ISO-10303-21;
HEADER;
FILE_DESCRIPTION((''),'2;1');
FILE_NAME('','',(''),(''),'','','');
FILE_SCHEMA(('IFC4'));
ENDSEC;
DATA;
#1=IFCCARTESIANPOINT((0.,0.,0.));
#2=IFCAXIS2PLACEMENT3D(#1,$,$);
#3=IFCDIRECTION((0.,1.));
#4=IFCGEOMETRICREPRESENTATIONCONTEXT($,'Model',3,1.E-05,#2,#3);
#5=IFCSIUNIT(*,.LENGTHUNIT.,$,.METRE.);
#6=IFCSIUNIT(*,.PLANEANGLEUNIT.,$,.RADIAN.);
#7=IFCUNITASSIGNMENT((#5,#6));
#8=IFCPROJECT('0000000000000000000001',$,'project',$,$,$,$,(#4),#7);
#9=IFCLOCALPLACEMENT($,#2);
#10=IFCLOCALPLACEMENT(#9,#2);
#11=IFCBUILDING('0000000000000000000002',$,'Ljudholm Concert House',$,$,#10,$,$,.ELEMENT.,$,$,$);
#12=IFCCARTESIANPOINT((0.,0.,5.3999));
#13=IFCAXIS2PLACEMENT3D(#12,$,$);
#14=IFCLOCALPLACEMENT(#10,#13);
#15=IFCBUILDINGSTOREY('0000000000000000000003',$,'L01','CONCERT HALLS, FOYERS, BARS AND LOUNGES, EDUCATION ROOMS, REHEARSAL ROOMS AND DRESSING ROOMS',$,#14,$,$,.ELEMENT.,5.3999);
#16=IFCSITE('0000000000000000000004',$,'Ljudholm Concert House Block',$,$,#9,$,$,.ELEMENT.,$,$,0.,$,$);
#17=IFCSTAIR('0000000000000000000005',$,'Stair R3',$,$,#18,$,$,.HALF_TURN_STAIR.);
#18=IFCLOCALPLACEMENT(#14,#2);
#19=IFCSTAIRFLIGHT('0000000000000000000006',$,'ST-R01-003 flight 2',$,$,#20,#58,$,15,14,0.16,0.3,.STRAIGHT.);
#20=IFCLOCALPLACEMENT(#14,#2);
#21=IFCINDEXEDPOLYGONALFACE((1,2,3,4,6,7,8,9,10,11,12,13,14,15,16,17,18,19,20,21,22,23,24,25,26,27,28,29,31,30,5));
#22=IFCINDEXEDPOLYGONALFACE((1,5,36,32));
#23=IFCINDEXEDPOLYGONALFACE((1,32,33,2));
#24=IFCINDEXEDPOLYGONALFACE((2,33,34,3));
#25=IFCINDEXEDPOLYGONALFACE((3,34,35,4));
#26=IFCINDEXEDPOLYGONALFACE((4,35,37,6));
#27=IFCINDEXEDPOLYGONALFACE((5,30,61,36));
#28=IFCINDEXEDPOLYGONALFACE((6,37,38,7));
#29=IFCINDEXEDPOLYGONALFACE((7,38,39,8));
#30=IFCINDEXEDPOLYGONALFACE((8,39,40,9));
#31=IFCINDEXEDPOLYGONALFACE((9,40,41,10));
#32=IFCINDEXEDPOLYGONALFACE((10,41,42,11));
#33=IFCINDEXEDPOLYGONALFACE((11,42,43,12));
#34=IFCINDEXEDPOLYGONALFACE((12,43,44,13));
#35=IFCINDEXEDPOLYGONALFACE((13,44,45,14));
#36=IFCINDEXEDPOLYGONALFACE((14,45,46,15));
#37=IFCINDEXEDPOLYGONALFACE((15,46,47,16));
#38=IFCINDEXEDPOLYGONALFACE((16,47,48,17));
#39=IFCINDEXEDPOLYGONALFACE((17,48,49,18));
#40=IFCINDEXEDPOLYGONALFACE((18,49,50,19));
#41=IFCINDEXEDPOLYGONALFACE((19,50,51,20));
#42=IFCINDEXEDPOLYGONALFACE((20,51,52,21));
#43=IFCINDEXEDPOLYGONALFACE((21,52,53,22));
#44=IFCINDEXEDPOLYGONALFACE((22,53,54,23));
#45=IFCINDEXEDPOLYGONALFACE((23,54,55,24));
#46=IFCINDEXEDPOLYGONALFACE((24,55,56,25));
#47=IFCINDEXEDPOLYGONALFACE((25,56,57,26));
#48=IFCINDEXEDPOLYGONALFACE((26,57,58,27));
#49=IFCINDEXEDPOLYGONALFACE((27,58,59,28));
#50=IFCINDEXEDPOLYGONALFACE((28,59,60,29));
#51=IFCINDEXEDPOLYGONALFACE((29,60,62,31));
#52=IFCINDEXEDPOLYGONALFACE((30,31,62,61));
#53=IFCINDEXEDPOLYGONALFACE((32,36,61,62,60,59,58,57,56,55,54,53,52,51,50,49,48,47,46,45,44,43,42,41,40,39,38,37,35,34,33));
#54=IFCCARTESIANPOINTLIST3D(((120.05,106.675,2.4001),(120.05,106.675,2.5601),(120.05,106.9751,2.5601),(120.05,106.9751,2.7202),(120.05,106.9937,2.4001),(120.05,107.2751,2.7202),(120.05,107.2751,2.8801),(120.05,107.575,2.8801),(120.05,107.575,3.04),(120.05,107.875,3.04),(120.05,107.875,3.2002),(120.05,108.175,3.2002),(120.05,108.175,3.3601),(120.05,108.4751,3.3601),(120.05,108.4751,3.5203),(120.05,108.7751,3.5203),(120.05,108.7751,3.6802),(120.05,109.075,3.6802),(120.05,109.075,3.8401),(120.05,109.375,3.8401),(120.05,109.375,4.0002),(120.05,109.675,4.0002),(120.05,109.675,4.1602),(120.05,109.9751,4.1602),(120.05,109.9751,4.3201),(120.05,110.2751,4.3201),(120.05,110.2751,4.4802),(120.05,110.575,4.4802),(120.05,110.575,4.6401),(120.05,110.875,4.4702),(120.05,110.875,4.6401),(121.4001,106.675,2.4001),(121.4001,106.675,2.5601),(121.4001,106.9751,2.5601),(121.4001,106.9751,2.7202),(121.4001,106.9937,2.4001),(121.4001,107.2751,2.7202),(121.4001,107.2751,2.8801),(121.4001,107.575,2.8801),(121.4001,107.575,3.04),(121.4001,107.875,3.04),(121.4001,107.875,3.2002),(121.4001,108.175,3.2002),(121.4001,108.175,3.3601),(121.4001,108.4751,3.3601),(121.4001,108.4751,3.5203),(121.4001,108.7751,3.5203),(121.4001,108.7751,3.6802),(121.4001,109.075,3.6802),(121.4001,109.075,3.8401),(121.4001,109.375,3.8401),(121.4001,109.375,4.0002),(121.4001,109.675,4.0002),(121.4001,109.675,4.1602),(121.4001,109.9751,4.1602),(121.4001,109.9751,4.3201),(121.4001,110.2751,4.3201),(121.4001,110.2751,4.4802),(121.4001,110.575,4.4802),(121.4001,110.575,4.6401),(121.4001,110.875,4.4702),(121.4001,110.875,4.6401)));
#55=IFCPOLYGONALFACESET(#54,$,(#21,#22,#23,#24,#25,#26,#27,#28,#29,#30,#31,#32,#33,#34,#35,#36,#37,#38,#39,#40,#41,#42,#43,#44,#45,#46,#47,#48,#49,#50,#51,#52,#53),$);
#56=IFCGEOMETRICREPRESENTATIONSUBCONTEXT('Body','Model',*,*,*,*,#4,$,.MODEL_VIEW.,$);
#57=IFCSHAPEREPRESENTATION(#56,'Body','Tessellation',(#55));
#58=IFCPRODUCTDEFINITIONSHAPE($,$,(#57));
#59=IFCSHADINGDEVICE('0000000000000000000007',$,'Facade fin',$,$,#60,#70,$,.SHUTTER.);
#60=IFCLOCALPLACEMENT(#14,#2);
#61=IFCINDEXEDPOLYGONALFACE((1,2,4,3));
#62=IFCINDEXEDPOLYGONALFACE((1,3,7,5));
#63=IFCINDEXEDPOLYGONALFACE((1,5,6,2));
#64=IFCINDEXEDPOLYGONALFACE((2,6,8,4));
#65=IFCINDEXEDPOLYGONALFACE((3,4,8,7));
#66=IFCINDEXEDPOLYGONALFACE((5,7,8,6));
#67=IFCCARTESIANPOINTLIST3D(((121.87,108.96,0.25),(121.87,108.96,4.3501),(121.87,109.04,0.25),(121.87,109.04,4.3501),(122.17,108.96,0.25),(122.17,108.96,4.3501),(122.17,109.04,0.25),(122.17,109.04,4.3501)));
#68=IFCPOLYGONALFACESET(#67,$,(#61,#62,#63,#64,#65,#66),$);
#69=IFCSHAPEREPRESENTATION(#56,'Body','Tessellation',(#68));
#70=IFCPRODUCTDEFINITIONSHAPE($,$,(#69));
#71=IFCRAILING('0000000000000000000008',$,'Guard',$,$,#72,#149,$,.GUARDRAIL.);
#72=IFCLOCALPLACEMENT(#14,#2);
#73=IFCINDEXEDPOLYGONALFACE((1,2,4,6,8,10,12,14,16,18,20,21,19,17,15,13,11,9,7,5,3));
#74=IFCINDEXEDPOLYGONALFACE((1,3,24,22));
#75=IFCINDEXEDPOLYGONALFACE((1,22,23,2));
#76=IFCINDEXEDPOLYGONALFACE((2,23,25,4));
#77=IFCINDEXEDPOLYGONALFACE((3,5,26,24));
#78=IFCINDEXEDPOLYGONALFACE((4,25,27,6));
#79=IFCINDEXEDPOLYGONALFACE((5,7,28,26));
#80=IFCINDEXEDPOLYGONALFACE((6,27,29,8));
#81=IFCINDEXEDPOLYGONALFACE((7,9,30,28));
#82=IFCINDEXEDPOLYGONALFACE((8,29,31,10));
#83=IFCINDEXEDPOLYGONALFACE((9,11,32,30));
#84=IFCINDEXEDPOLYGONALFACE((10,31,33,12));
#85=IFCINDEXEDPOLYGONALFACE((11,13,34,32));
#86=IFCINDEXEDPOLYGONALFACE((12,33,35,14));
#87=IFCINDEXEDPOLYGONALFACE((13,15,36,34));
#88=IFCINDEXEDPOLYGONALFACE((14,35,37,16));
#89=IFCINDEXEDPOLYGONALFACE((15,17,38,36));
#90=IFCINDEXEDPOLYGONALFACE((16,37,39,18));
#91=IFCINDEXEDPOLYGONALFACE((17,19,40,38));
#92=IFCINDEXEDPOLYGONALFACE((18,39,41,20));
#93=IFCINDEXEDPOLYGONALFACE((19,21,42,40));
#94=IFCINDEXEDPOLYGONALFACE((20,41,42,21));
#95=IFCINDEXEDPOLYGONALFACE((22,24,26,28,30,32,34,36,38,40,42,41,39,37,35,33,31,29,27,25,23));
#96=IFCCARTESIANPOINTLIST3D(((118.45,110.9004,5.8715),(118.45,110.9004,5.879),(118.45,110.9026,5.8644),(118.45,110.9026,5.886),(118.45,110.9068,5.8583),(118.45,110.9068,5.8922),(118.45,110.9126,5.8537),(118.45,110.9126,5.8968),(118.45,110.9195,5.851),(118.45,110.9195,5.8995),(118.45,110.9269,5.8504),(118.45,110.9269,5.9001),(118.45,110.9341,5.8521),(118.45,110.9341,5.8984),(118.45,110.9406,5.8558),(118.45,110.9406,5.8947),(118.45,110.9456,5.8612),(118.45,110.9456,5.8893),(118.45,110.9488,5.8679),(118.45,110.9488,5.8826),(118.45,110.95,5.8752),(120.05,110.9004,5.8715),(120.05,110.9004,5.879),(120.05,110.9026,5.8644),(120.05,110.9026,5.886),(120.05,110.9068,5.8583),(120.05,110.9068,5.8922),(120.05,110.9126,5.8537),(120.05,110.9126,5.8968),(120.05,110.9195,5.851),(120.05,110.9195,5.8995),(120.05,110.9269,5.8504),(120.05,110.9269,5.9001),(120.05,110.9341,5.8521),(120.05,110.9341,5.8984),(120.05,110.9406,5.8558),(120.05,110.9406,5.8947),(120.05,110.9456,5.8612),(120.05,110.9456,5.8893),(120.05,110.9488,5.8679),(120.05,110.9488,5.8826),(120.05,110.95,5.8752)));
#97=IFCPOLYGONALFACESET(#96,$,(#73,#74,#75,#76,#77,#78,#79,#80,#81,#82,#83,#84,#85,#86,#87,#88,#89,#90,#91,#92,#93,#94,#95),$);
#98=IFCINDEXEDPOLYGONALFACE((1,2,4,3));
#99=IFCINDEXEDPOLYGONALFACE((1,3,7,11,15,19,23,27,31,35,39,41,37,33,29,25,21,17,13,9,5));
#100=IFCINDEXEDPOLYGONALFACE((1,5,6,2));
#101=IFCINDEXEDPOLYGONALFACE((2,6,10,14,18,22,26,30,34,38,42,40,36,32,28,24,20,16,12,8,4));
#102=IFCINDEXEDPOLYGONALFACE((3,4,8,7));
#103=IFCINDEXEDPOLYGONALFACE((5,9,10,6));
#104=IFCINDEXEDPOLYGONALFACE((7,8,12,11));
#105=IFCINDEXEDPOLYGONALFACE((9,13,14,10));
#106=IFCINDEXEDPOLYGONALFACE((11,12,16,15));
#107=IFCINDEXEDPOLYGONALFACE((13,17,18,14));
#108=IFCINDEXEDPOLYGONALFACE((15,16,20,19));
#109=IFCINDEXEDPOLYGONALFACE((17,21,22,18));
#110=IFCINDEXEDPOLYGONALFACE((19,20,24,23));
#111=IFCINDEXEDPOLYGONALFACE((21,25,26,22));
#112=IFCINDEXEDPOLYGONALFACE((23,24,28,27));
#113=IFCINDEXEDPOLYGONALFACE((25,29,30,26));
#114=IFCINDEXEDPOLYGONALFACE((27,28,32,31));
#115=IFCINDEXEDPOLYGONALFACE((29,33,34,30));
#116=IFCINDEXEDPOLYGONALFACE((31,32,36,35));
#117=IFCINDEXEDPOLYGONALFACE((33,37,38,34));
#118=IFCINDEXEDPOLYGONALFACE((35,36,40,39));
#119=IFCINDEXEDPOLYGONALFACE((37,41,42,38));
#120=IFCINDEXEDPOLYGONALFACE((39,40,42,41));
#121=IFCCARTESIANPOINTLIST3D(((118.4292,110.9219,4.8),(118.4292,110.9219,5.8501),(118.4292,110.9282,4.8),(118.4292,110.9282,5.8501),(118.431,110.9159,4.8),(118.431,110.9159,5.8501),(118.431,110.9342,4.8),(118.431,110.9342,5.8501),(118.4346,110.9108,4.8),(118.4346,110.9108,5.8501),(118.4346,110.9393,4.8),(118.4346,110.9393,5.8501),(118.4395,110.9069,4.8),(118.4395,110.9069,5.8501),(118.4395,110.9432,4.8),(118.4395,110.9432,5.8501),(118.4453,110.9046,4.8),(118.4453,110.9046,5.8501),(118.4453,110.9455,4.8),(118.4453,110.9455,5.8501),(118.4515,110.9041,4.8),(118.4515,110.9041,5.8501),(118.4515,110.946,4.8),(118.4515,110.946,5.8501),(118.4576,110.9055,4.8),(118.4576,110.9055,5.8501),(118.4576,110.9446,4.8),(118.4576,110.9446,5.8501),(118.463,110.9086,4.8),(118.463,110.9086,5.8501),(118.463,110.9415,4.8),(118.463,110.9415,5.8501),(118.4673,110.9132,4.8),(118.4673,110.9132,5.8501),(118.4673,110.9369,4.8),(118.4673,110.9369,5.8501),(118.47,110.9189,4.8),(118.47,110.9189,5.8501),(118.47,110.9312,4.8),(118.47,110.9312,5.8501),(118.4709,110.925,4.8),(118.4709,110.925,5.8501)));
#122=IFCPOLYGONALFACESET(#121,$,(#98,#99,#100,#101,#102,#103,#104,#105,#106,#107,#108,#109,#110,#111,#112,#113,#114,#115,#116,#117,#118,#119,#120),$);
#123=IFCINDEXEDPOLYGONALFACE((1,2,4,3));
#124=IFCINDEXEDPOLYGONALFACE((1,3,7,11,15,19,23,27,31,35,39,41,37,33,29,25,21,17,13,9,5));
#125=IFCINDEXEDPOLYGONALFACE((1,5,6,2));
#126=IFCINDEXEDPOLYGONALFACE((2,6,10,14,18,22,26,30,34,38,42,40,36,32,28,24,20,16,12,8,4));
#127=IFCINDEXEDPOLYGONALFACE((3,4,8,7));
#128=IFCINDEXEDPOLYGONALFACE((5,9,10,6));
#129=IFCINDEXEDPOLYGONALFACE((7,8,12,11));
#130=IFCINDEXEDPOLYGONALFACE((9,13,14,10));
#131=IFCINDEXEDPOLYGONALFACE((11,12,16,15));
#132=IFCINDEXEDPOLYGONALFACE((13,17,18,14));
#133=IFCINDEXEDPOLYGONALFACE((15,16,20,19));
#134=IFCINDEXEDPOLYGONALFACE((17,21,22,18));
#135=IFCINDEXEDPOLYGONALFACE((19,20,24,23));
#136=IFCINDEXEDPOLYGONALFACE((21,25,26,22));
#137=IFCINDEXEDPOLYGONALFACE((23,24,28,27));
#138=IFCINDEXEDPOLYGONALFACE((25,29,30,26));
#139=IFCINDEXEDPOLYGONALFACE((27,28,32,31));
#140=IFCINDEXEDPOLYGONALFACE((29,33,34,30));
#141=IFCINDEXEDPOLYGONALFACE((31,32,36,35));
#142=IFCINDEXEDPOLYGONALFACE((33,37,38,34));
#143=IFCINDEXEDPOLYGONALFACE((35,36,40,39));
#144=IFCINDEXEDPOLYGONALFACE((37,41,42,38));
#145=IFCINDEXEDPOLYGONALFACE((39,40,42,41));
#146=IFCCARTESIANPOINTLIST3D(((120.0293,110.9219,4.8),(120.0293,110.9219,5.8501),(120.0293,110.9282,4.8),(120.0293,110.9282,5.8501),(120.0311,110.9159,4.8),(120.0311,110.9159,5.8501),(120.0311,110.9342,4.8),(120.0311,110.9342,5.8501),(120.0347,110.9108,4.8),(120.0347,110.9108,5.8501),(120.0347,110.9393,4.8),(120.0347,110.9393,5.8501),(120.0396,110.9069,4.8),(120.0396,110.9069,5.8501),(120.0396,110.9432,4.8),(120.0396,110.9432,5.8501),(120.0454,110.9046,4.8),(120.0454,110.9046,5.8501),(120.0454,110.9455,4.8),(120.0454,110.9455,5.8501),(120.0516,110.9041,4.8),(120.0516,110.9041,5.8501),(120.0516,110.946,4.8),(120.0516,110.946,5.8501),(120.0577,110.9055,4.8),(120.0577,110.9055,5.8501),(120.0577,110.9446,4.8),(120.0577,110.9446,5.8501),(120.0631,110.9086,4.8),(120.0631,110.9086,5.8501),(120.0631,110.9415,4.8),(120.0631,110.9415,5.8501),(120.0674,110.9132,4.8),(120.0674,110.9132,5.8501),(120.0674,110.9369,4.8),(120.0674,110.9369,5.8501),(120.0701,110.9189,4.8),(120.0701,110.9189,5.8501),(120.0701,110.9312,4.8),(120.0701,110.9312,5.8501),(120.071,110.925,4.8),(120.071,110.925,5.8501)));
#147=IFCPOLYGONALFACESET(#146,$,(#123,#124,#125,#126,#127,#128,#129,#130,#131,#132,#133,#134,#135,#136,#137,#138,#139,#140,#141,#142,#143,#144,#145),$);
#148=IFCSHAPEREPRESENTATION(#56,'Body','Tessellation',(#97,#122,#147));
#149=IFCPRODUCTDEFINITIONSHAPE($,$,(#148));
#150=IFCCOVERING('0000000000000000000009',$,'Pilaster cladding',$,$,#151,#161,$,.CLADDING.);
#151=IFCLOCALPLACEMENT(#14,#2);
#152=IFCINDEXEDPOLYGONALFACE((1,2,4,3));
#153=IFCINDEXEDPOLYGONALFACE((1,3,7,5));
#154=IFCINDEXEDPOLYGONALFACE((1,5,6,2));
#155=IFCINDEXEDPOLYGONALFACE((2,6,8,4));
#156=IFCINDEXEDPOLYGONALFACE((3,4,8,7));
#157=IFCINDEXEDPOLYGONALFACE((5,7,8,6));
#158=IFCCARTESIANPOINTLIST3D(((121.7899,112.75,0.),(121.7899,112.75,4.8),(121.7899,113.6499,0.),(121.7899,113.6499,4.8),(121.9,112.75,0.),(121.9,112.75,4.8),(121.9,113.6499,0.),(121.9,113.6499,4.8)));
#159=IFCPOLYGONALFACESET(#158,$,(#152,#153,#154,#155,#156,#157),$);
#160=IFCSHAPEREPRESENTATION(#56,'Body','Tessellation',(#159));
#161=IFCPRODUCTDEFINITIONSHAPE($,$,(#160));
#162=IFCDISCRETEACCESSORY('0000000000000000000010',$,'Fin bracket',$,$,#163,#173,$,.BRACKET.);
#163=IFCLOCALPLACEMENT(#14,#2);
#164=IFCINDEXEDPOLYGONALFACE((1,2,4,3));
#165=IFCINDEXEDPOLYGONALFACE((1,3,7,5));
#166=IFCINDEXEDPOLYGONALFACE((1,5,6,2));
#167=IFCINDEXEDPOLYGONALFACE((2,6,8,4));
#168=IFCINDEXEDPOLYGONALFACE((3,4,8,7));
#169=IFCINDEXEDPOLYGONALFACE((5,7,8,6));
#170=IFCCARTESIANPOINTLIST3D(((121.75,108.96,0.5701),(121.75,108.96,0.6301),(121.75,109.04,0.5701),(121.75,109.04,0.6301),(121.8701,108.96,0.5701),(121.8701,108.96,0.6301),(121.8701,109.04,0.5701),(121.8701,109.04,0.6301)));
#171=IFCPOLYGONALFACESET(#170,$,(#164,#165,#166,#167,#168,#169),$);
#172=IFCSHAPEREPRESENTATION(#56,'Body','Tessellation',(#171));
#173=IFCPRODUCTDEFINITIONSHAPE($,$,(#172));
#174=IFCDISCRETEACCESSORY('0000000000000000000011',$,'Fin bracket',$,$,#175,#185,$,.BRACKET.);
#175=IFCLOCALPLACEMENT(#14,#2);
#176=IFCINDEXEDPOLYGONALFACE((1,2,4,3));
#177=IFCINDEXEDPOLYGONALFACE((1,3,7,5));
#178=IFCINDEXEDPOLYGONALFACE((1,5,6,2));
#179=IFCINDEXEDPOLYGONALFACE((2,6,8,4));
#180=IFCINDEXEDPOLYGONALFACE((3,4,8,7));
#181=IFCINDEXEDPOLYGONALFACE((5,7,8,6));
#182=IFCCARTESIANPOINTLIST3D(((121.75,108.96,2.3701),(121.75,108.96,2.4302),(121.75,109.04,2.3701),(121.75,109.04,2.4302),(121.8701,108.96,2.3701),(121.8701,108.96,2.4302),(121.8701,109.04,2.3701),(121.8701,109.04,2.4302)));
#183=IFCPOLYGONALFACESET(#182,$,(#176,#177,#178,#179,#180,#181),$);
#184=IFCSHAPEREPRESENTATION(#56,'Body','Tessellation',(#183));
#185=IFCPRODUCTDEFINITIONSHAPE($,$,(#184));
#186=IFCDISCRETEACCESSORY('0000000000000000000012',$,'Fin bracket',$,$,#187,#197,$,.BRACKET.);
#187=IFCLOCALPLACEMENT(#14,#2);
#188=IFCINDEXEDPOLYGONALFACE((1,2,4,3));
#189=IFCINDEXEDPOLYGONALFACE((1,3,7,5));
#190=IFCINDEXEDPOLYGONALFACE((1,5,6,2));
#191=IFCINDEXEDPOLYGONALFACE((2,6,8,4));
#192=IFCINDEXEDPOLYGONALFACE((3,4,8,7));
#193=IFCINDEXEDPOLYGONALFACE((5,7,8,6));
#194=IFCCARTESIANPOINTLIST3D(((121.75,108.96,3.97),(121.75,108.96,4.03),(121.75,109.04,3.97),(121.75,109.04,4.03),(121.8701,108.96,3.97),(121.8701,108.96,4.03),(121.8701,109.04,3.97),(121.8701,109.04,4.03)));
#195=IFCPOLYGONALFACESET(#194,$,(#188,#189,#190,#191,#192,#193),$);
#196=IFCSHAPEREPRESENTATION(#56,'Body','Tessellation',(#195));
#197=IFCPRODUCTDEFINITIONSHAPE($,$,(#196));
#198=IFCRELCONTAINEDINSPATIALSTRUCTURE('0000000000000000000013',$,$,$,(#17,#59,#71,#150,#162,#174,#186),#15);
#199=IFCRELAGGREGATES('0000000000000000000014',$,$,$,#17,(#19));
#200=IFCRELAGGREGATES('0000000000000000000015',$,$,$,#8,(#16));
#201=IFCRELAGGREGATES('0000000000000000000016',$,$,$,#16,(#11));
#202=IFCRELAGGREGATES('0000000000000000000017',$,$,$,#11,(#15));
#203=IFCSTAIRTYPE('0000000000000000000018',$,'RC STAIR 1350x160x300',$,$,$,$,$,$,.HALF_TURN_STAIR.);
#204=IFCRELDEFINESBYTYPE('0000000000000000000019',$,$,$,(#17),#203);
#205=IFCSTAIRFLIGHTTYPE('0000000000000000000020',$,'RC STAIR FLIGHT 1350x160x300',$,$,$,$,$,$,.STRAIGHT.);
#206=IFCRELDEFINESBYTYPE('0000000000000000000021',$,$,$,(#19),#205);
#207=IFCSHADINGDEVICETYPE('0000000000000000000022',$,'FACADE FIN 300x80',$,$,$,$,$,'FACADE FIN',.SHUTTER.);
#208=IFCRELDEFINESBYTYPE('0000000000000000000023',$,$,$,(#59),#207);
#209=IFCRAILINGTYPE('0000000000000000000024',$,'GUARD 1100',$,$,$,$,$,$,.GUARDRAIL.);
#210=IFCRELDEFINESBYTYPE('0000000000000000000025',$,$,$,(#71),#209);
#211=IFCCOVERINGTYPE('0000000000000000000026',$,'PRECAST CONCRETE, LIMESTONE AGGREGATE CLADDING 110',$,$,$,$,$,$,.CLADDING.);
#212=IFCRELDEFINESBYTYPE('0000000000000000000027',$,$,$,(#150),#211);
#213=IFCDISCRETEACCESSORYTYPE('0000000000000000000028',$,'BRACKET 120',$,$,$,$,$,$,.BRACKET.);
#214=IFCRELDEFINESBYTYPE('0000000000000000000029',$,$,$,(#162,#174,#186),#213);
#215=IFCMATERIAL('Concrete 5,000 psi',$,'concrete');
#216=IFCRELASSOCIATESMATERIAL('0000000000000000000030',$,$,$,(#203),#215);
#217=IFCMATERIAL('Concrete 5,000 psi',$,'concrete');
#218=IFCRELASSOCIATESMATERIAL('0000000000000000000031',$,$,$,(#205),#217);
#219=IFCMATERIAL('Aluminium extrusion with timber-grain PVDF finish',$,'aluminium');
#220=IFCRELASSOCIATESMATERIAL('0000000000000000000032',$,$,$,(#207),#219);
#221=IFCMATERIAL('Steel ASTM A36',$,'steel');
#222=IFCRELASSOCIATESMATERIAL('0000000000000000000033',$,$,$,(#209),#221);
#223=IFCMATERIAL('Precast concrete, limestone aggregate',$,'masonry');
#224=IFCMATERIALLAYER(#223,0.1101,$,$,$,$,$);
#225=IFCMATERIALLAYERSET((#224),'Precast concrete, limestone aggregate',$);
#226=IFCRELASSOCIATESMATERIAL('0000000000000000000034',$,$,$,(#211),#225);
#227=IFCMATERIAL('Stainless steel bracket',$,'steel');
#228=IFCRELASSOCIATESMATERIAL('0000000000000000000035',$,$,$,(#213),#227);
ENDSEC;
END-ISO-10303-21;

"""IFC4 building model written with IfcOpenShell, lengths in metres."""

from ifc_helpers import new_model, si_unit, direction, frame, origin, origin_2d, place, context, subcontext, project, spatial, polyline, rectangle, circle, outline, extrude, material, layer, layer_set, type_object, element, aggregate, save


model = new_model("IFC4")

# Units and contexts
model_context = context("Model", 3, precision=1e-05, world=origin(), true_north=direction((0.0, 1.0)))
body_context = subcontext(model_context, "Body", "Model", "MODEL_VIEW")
ifc_project = project(units=[si_unit("LENGTHUNIT", "METRE"), si_unit("PLANEANGLEUNIT", "RADIAN")], contexts=[model_context])

# Site, building, storey
site_placement = place(None, origin())
site = spatial("IfcSite", under=ifc_project, at=site_placement, Name="Ljudholm Concert House Block", CompositionType="ELEMENT", RefElevation=0.0)
building_placement = place(site_placement, origin())
building = spatial("IfcBuilding", under=site, at=building_placement, Name="Ljudholm Concert House", CompositionType="ELEMENT")
storey_placement = place(building_placement, frame((0.0, 0.0, 5.3999)))
storey = spatial("IfcBuildingStorey", under=building, at=storey_placement, Name="L01", Description="CONCERT HALLS, FOYERS, BARS AND LOUNGES, EDUCATION ROOMS, REHEARSAL ROOMS AND DRESSING ROOMS", CompositionType="ELEMENT", Elevation=5.3999)

# Stair, stair flight
ifc_material_1 = material(Name="Concrete 5,000 psi", Category="concrete")
stair_type = type_object("IfcStairType", Name="RC STAIR 1350x160x300", PredefinedType="HALF_TURN_STAIR", material=ifc_material_1)
stair_placement = place(storey_placement, origin())
stair = element("IfcStair", 1, at=stair_placement, inside=storey, type_object=stair_type, Name="Stair R3", PredefinedType="HALF_TURN_STAIR")
ifc_material_2 = material(Name="Concrete 5,000 psi", Category="concrete")
stair_flight_type = type_object("IfcStairFlightType", Name="RC STAIR FLIGHT 1350x160x300", PredefinedType="STRAIGHT", material=ifc_material_2)
stair_flight_1_placement = place(storey_placement, frame((120.7251, 106.675, 2.4001), z_axis=(0.0, 0.0, 1.0), x_axis=(0.0, 1.0, 0.0)))
stair_flight_1 = element("IfcStairFlight", 2, at=stair_flight_1_placement, type_object=stair_flight_type, Name="ST-R01-003 flight 2", NumberOfRisers=15, NumberOfTreads=14, PredefinedType="STRAIGHT", RiserHeight=0.16, TreadLength=0.3, context=body_context, shape_type="SweptSolid", body=[
    extrude(outline(polyline([(0.0, 0.0), (0.0, 0.1599), (0.3, 0.1599), (0.3, 0.3201), (0.6001, 0.3201), (0.6001, 0.48), (0.8999, 0.48), (0.8999, 0.6399), (1.2, 0.6399), (1.2, 0.8), (1.5, 0.8), (1.5, 0.96), (1.8, 0.96), (1.8, 1.1201), (2.1001, 1.1201), (2.1001, 1.28), (2.3999, 1.28), (2.3999, 1.4399), (2.7, 1.4399), (2.7, 1.6001), (3.0, 1.6001), (3.0, 1.76), (3.3, 1.76), (3.3, 1.9199), (3.6001, 1.9199), (3.6001, 2.0801), (3.8999, 2.0801), (3.8999, 2.24), (4.2, 2.24), (4.2, 2.3999), (4.2, 2.0701), (0.3186, 0.0), (0.0, 0.0)])), frame((0.0, 0.675, 0.0), z_axis=(0.0, -1.0, 0.0), x_axis=(1.0, 0.0, 0.0)), (0.0, 0.0, 1.0), 1.3501),
])
aggregate(stair, [stair_flight_1])

# Shading device
ifc_material_3 = material(Name="Aluminium extrusion with timber-grain PVDF finish", Category="aluminium")
shading_device_type = type_object("IfcShadingDeviceType", Name="FACADE FIN 300x80", ElementType="FACADE FIN", PredefinedType="SHUTTER", material=ifc_material_3)
shading_device_placement = place(storey_placement, frame((122.02, 109.0, 0.25), z_axis=(0.0, 0.0, 1.0), x_axis=(1.0, 0.0, 0.0)))
element("IfcShadingDevice", 3, at=shading_device_placement, inside=storey, type_object=shading_device_type, Name="Facade fin", PredefinedType="SHUTTER", context=body_context, shape_type="SweptSolid", body=[
    extrude(rectangle(XDim=0.3, YDim=0.0801, at=origin_2d()), origin(), (0.0, 0.0, 1.0), 4.1001),
])

# Railing
ifc_material_4 = material(Name="Steel ASTM A36", Category="steel")
railing_type_1 = type_object("IfcRailingType", Name="GUARD 1100", PredefinedType="GUARDRAIL", material=ifc_material_4)
railing_1_placement = place(storey_placement, frame((118.45, 110.925, 4.8)))
element("IfcRailing", 4, at=railing_1_placement, inside=storey, type_object=railing_type_1, Name="Guard", PredefinedType="GUARDRAIL", context=body_context, shape_type="SweptSolid", body=[
    extrude(circle(Radius=0.0249, at=origin_2d()), frame((0.0, 0.0, 1.0752), z_axis=(1.0, 0.0, 0.0), x_axis=(0.0, 1.0, 0.0)), (0.0, 0.0, 1.0), 1.6001),
    extrude(circle(Radius=0.021, at=origin_2d()), origin(), (0.0, 0.0, 1.0), 1.05),
    extrude(circle(Radius=0.021, at=origin_2d()), frame((1.6001, 0.0, 0.0)), (0.0, 0.0, 1.0), 1.05),
])

# Covering
ifc_material_5 = material(Name="Precast concrete, limestone aggregate", Category="masonry")
ifc_layer_1 = layer(ifc_material_5, 0.1101)
ifc_layer_set_1 = layer_set([ifc_layer_1], Name="Precast concrete, limestone aggregate")
covering_type = type_object("IfcCoveringType", Name="PRECAST CONCRETE, LIMESTONE AGGREGATE CLADDING 110", PredefinedType="CLADDING", material=ifc_layer_set_1)
covering_placement = place(storey_placement, frame((121.845, 113.2, 0.0), z_axis=(0.0, 0.0, 1.0), x_axis=(1.0, 0.0, 0.0)))
element("IfcCovering", 5, at=covering_placement, inside=storey, type_object=covering_type, Name="Pilaster cladding", PredefinedType="CLADDING", context=body_context, shape_type="SweptSolid", body=[
    extrude(rectangle(XDim=0.1101, YDim=0.8999, at=origin_2d()), origin(), (0.0, 0.0, 1.0), 4.8),
])

# Discrete accessories
ifc_material_6 = material(Name="Stainless steel bracket", Category="steel")
discrete_accessory_type = type_object("IfcDiscreteAccessoryType", Name="BRACKET 120", PredefinedType="BRACKET", material=ifc_material_6)
for number, where, z_axis, x_axis, name in (
    (6, (121.8101, 109.0, 0.5701), (0.0, 0.0, 1.0), (1.0, 0.0, 0.0), "Fin bracket"),
    (7, (121.8101, 109.0, 2.3701), (0.0, 0.0, 1.0), (1.0, 0.0, 0.0), "Fin bracket"),
    (8, (121.8101, 109.0, 3.97), (0.0, 0.0, 1.0), (1.0, 0.0, 0.0), "Fin bracket"),
):
    element("IfcDiscreteAccessory", number, at=place(storey_placement, frame(where, z_axis=z_axis, x_axis=x_axis)), inside=storey, type_object=discrete_accessory_type, Name=name, PredefinedType="BRACKET", context=body_context, shape_type="SweptSolid", body=[
        extrude(rectangle(XDim=0.1201, YDim=0.0801, at=origin_2d()), origin(), (0.0, 0.0, 1.0), 0.0601),
    ])

save(model, "model.ifc")
